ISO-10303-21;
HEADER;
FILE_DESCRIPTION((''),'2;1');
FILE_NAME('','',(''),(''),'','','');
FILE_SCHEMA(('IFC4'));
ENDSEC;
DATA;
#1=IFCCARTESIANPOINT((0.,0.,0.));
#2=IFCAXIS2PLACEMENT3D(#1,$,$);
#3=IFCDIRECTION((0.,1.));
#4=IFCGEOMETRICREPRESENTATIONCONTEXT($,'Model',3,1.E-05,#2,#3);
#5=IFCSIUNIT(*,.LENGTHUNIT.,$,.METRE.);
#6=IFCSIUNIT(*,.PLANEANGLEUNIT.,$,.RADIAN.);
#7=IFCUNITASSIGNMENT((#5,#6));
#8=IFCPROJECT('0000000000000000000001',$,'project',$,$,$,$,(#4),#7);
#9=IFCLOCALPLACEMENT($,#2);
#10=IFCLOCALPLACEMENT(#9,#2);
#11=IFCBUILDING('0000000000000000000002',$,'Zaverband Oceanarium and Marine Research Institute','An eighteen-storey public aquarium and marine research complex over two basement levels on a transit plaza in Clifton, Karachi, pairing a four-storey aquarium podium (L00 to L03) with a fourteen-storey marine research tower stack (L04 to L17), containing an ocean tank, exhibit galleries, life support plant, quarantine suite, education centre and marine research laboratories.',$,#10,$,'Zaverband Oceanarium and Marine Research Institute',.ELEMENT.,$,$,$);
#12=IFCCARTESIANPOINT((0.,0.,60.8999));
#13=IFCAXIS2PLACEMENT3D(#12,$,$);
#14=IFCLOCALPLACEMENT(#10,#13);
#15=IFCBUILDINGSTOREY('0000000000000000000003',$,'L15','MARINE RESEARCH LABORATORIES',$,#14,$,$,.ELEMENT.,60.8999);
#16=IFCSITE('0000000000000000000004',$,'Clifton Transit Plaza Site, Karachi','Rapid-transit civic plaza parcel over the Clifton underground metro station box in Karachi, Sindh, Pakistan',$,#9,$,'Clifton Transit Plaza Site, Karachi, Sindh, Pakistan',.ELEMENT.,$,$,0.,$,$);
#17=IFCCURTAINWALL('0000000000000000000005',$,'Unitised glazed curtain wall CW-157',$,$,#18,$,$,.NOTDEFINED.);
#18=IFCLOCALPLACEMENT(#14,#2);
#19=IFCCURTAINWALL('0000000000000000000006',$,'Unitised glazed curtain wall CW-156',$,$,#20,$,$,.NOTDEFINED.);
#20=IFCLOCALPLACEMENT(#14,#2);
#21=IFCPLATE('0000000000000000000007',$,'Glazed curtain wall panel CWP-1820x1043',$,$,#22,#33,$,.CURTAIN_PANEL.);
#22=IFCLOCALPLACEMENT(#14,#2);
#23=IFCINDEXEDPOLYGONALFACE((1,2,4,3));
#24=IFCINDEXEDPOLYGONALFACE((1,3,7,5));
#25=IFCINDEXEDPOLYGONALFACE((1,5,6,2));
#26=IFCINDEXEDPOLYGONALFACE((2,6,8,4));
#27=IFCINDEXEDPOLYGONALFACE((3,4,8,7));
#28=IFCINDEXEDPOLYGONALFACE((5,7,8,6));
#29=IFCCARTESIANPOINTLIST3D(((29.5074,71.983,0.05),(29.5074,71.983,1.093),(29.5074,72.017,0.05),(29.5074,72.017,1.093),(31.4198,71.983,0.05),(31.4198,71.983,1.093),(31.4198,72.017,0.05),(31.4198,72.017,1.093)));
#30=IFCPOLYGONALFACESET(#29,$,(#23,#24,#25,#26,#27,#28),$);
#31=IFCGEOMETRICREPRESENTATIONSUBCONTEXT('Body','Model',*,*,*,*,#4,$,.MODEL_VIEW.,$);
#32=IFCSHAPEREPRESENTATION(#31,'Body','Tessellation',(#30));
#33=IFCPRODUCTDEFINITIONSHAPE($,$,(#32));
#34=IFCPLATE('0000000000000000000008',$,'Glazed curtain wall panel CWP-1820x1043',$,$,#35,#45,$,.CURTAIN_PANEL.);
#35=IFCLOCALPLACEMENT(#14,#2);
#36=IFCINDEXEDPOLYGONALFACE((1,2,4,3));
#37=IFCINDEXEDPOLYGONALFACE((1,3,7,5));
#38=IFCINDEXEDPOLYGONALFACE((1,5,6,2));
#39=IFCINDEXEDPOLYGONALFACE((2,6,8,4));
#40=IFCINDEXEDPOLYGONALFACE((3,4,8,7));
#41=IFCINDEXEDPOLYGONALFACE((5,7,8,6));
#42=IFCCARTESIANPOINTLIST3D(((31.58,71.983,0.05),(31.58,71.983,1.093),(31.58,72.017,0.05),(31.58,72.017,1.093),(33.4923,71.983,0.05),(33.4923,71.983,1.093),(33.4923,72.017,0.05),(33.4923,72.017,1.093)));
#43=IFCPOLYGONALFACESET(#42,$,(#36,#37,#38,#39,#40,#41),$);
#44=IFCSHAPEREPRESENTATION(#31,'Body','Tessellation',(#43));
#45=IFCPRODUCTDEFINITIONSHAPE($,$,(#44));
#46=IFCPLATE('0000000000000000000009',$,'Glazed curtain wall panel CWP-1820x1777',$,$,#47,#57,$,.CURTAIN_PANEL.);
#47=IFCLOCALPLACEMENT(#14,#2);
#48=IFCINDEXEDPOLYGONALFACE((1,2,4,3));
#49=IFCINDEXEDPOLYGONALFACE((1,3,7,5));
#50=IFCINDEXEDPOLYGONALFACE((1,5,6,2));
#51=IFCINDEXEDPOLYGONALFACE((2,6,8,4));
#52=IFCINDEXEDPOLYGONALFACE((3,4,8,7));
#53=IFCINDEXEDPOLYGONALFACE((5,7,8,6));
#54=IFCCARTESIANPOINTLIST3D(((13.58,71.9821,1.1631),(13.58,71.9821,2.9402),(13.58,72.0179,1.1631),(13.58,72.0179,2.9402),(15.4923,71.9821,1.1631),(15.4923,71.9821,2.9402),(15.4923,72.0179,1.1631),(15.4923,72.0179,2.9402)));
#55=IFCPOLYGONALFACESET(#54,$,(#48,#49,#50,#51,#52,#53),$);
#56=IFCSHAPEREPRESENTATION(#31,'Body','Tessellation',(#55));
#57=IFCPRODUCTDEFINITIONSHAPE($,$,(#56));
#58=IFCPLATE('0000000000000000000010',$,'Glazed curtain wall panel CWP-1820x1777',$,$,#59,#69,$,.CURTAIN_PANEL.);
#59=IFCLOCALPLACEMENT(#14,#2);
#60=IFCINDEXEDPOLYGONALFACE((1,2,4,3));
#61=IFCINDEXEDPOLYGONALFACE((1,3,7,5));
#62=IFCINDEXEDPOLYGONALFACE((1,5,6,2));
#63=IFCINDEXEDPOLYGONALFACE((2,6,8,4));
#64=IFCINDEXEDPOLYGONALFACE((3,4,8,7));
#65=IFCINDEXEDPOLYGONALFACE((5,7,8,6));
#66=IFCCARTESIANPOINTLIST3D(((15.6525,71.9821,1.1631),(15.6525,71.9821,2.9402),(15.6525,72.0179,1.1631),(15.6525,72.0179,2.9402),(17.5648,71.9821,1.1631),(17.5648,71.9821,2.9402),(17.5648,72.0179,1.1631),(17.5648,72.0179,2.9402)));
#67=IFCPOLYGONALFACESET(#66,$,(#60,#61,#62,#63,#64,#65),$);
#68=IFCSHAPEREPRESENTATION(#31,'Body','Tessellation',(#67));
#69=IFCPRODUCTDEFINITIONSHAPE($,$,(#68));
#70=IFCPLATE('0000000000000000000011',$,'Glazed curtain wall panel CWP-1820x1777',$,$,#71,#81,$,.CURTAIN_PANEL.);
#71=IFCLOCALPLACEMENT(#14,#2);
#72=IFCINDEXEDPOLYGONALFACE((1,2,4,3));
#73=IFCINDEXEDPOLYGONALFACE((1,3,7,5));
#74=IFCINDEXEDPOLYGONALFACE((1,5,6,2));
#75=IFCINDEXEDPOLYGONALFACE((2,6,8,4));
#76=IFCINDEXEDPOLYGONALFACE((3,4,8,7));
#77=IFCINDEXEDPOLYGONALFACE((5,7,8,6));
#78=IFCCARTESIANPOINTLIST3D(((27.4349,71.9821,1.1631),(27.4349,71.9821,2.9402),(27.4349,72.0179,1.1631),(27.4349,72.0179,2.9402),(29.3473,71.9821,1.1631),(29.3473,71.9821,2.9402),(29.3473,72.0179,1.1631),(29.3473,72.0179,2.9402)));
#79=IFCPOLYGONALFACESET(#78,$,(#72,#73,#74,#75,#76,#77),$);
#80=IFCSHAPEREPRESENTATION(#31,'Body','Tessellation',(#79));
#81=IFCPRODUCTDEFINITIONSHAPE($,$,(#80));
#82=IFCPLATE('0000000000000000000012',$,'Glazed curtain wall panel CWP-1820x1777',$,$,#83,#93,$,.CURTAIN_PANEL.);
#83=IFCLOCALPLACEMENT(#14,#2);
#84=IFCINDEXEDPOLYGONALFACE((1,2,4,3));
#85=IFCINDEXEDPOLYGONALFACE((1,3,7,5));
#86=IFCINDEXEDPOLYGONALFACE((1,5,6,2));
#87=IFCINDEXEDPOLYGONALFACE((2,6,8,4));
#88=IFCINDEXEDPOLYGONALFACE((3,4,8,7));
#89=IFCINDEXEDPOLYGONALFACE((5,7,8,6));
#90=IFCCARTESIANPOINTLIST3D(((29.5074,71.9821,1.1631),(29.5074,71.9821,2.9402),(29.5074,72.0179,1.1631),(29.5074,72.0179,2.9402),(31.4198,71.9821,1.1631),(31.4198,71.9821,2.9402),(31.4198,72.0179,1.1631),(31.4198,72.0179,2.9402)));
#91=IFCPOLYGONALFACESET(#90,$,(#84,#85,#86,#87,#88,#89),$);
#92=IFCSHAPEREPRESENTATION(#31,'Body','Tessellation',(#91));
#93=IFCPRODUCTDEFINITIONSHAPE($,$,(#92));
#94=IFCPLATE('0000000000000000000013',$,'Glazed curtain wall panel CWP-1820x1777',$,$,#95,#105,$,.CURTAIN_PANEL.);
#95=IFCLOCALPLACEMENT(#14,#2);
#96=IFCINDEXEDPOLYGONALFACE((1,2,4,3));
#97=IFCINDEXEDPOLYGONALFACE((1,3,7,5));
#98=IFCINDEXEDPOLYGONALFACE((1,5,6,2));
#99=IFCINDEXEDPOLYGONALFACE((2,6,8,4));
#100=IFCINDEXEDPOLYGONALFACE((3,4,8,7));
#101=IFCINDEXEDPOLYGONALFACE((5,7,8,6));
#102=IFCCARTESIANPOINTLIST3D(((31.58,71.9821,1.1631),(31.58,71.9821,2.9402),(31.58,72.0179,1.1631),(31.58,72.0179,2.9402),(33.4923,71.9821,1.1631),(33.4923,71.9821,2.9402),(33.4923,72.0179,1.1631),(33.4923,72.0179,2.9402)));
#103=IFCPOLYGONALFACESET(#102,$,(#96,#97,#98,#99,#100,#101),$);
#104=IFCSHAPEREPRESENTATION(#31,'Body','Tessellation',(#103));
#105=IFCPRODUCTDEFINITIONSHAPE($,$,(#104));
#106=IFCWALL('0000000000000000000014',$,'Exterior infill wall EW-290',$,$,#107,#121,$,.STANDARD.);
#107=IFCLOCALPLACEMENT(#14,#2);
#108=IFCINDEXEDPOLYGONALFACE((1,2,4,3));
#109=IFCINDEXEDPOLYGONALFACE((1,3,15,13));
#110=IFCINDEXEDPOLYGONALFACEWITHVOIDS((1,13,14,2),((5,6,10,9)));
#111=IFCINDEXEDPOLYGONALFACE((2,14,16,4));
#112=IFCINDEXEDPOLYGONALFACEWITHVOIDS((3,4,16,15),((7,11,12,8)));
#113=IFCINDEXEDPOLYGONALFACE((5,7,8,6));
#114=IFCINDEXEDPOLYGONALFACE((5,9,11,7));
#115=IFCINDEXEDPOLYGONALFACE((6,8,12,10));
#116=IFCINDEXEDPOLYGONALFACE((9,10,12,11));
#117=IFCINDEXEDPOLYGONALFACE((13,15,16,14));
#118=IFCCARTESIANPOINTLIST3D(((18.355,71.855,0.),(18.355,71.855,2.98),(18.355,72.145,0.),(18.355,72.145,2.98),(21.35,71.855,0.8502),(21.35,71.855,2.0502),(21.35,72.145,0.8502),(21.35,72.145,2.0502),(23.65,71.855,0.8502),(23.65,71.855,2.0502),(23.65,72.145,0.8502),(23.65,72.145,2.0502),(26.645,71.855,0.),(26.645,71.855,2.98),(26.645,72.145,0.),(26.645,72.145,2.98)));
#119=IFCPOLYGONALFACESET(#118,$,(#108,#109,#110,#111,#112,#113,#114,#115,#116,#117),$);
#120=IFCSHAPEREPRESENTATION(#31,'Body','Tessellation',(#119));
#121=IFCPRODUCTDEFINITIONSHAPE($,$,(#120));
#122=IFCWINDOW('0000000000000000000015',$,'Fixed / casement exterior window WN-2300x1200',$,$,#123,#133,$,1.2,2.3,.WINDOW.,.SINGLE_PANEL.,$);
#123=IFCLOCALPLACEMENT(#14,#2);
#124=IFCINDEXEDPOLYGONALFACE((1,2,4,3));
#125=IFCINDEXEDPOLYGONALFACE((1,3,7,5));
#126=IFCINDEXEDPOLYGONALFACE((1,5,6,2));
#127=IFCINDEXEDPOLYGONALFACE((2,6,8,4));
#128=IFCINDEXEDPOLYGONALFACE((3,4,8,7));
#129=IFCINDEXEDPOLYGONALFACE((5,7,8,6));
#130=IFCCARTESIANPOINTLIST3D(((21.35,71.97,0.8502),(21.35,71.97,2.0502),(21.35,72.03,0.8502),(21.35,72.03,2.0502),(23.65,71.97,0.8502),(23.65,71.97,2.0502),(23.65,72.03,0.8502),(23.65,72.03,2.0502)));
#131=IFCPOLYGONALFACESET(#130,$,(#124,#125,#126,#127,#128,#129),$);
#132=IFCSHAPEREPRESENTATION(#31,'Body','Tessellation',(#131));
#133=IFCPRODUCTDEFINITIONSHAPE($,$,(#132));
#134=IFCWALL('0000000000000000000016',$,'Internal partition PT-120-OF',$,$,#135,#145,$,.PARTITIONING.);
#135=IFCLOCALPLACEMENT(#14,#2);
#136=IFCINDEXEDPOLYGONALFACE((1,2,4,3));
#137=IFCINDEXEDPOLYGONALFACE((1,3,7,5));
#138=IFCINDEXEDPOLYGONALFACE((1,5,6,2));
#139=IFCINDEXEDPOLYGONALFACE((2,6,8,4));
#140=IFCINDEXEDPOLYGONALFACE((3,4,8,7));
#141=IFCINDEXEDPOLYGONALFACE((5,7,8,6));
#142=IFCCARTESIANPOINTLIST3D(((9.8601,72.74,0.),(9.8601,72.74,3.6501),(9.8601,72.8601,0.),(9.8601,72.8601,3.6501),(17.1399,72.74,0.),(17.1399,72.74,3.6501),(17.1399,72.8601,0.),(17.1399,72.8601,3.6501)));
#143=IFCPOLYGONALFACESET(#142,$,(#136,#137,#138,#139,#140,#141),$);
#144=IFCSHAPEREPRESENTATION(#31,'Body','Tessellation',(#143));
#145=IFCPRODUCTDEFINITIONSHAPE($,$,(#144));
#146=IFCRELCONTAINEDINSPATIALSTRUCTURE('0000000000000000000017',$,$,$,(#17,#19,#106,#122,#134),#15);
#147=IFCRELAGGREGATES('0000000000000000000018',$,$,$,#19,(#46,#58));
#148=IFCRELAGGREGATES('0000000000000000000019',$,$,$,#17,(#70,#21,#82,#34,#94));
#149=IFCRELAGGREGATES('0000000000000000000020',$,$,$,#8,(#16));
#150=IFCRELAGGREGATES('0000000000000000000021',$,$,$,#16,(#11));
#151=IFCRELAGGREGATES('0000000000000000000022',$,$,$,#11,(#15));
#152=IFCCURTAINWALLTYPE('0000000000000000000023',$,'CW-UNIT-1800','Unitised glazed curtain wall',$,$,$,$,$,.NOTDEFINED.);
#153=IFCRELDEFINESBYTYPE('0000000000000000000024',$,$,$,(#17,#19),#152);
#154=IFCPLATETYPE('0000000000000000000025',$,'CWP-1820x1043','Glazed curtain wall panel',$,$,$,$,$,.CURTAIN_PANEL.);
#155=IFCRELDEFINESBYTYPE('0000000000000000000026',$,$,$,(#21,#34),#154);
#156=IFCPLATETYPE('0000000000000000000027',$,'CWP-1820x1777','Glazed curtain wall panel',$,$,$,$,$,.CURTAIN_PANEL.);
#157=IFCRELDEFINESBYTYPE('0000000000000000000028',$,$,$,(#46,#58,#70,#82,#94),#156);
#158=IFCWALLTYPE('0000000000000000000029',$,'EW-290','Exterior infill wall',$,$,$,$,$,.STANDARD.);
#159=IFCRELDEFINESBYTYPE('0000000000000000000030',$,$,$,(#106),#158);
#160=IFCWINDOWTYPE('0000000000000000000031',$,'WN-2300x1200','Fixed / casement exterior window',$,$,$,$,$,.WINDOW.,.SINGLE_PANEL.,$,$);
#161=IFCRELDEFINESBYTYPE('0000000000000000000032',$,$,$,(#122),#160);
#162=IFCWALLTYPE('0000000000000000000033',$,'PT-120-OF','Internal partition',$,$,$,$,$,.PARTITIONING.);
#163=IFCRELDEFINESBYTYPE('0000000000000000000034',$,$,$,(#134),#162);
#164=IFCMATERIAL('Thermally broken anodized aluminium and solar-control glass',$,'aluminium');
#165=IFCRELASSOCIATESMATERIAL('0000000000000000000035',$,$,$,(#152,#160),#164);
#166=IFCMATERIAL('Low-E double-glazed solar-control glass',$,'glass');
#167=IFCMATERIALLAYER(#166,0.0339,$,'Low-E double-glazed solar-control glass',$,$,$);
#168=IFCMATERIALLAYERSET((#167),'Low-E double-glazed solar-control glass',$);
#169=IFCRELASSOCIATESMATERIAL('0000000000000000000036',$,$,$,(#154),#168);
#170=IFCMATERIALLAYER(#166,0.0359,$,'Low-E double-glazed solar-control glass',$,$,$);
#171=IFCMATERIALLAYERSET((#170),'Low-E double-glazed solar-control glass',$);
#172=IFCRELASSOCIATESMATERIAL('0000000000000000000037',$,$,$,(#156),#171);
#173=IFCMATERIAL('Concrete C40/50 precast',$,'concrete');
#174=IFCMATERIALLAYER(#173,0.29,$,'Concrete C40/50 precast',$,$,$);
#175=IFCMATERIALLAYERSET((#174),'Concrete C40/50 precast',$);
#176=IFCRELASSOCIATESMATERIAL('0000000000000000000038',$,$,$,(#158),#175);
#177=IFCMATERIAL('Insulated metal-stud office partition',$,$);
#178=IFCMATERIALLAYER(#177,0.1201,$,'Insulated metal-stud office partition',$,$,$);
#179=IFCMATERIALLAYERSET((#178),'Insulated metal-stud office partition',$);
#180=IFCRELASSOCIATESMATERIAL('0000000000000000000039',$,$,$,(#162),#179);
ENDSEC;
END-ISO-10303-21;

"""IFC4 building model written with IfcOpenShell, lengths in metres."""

from ifc_helpers import new_model, si_unit, direction, frame, frame_2d, origin, place, context, subcontext, project, spatial, rectangle, extrude, material, layer, layer_set, type_object, element, fill, aggregate, save


model = new_model("IFC4")

# Units and contexts
model_context = context("Model", 3, precision=1e-05, world=origin(), true_north=direction((0.0, 1.0)))
body_context = subcontext(model_context, "Body", "Model", "MODEL_VIEW")
ifc_project = project(units=[si_unit("LENGTHUNIT", "METRE"), si_unit("PLANEANGLEUNIT", "RADIAN")], contexts=[model_context])

# Site, building, storey
site_placement = place(None, origin())
site = spatial("IfcSite", under=ifc_project, at=site_placement, Name="Clifton Transit Plaza Site, Karachi", Description="Rapid-transit civic plaza parcel over the Clifton underground metro station box in Karachi, Sindh, Pakistan", LongName="Clifton Transit Plaza Site, Karachi, Sindh, Pakistan", CompositionType="ELEMENT", RefElevation=0.0)
building_placement = place(site_placement, origin())
building = spatial("IfcBuilding", under=site, at=building_placement, Name="Zaverband Oceanarium and Marine Research Institute", Description="An eighteen-storey public aquarium and marine research complex over two basement levels on a transit plaza in Clifton, Karachi, pairing a four-storey aquarium podium (L00 to L03) with a fourteen-storey marine research tower stack (L04 to L17), containing an ocean tank, exhibit galleries, life support plant, quarantine suite, education centre and marine research laboratories.", LongName="Zaverband Oceanarium and Marine Research Institute", CompositionType="ELEMENT")
storey_placement = place(building_placement, frame((0.0, 0.0, 60.8999)))
storey = spatial("IfcBuildingStorey", under=building, at=storey_placement, Name="L15", Description="MARINE RESEARCH LABORATORIES", CompositionType="ELEMENT", Elevation=60.8999)

# Curtain wall
ifc_material_1 = material(Name="Thermally broken anodized aluminium and solar-control glass", Category="aluminium")
curtain_wall_type = type_object("IfcCurtainWallType", Name="CW-UNIT-1800", Description="Unitised glazed curtain wall", PredefinedType="NOTDEFINED", material=ifc_material_1)
curtain_wall_1_placement = place(storey_placement, origin())
curtain_wall_1 = element("IfcCurtainWall", 1, at=curtain_wall_1_placement, inside=storey, type_object=curtain_wall_type, Name="Unitised glazed curtain wall CW-157", PredefinedType="NOTDEFINED")

# Shared definitions
ifc_material_2 = material(Name="Low-E double-glazed solar-control glass", Category="glass")

# Curtain wall
curtain_wall_2_placement = place(storey_placement, origin())
curtain_wall_2 = element("IfcCurtainWall", 2, at=curtain_wall_2_placement, inside=storey, type_object=curtain_wall_type, Name="Unitised glazed curtain wall CW-156", PredefinedType="NOTDEFINED")
ifc_layer_1 = layer(ifc_material_2, 0.0339, Name="Low-E double-glazed solar-control glass")
ifc_layer_set_1 = layer_set([ifc_layer_1], Name="Low-E double-glazed solar-control glass")
plate_type_1 = type_object("IfcPlateType", Name="CWP-1820x1043", Description="Glazed curtain wall panel", PredefinedType="CURTAIN_PANEL", material=ifc_layer_set_1)

# Plates
plate_1_placement = place(storey_placement, frame((29.5076, 72.0, 0.05), z_axis=(0.0, 0.0, 1.0), x_axis=(1.0, 0.0, 0.0)))
plate_1 = element("IfcPlate", 3, at=plate_1_placement, type_object=plate_type_1, Name="Glazed curtain wall panel CWP-1820x1043", PredefinedType="CURTAIN_PANEL", context=body_context, shape_type="SweptSolid", body=[
    extrude(rectangle(XDim=1.9124, YDim=0.0339, at=frame_2d((0.9561, 0.0))), origin(), (0.0, 0.0, 1.0), 1.043),
])
plate_2_placement = place(storey_placement, frame((31.5801, 72.0, 0.05), z_axis=(0.0, 0.0, 1.0), x_axis=(1.0, 0.0, 0.0)))
plate_2 = element("IfcPlate", 4, at=plate_2_placement, type_object=plate_type_1, Name="Glazed curtain wall panel CWP-1820x1043", PredefinedType="CURTAIN_PANEL", context=body_context, shape_type="SweptSolid", body=[
    extrude(rectangle(XDim=1.9124, YDim=0.0339, at=frame_2d((0.9561, 0.0))), origin(), (0.0, 0.0, 1.0), 1.043),
])
ifc_layer_2 = layer(ifc_material_2, 0.0359, Name="Low-E double-glazed solar-control glass")
ifc_layer_set_2 = layer_set([ifc_layer_2], Name="Low-E double-glazed solar-control glass")
plate_type_2 = type_object("IfcPlateType", Name="CWP-1820x1777", Description="Glazed curtain wall panel", PredefinedType="CURTAIN_PANEL", material=ifc_layer_set_2)
plate_3_placement = place(storey_placement, frame((13.5801, 72.0, 1.1631), z_axis=(0.0, 0.0, 1.0), x_axis=(1.0, 0.0, 0.0)))
plate_3 = element("IfcPlate", 5, at=plate_3_placement, type_object=plate_type_2, Name="Glazed curtain wall panel CWP-1820x1777", PredefinedType="CURTAIN_PANEL", context=body_context, shape_type="SweptSolid", body=[
    extrude(rectangle(XDim=1.9124, YDim=0.0359, at=frame_2d((0.9561, 0.0))), origin(), (0.0, 0.0, 1.0), 1.7771),
])
plate_4_placement = place(storey_placement, frame((15.6526, 72.0, 1.1631), z_axis=(0.0, 0.0, 1.0), x_axis=(1.0, 0.0, 0.0)))
plate_4 = element("IfcPlate", 6, at=plate_4_placement, type_object=plate_type_2, Name="Glazed curtain wall panel CWP-1820x1777", PredefinedType="CURTAIN_PANEL", context=body_context, shape_type="SweptSolid", body=[
    extrude(rectangle(XDim=1.9124, YDim=0.0359, at=frame_2d((0.9561, 0.0))), origin(), (0.0, 0.0, 1.0), 1.7771),
])
aggregate(curtain_wall_2, [plate_3, plate_4])
plate_5_placement = place(storey_placement, frame((27.4351, 72.0, 1.1631), z_axis=(0.0, 0.0, 1.0), x_axis=(1.0, 0.0, 0.0)))
plate_5 = element("IfcPlate", 7, at=plate_5_placement, type_object=plate_type_2, Name="Glazed curtain wall panel CWP-1820x1777", PredefinedType="CURTAIN_PANEL", context=body_context, shape_type="SweptSolid", body=[
    extrude(rectangle(XDim=1.9124, YDim=0.0359, at=frame_2d((0.9561, 0.0))), origin(), (0.0, 0.0, 1.0), 1.7771),
])
plate_6_placement = place(storey_placement, frame((29.5076, 72.0, 1.1631), z_axis=(0.0, 0.0, 1.0), x_axis=(1.0, 0.0, 0.0)))
plate_6 = element("IfcPlate", 8, at=plate_6_placement, type_object=plate_type_2, Name="Glazed curtain wall panel CWP-1820x1777", PredefinedType="CURTAIN_PANEL", context=body_context, shape_type="SweptSolid", body=[
    extrude(rectangle(XDim=1.9124, YDim=0.0359, at=frame_2d((0.9561, 0.0))), origin(), (0.0, 0.0, 1.0), 1.7771),
])
plate_7_placement = place(storey_placement, frame((31.5801, 72.0, 1.1631), z_axis=(0.0, 0.0, 1.0), x_axis=(1.0, 0.0, 0.0)))
plate_7 = element("IfcPlate", 9, at=plate_7_placement, type_object=plate_type_2, Name="Glazed curtain wall panel CWP-1820x1777", PredefinedType="CURTAIN_PANEL", context=body_context, shape_type="SweptSolid", body=[
    extrude(rectangle(XDim=1.9124, YDim=0.0359, at=frame_2d((0.9561, 0.0))), origin(), (0.0, 0.0, 1.0), 1.7771),
])
aggregate(curtain_wall_1, [plate_5, plate_1, plate_6, plate_2, plate_7])

# Wall, opening, window
ifc_material_3 = material(Name="Concrete C40/50 precast", Category="concrete")
ifc_layer_3 = layer(ifc_material_3, 0.29, Name="Concrete C40/50 precast")
ifc_layer_set_3 = layer_set([ifc_layer_3], Name="Concrete C40/50 precast")
wall_type_1 = type_object("IfcWallType", Name="EW-290", Description="Exterior infill wall", PredefinedType="STANDARD", material=ifc_layer_set_3)
wall_1_placement = place(storey_placement, frame((18.355, 72.0, 0.0), z_axis=(0.0, 0.0, 1.0), x_axis=(1.0, 0.0, 0.0)))
wall_1 = element("IfcWall", 10, at=wall_1_placement, inside=storey, type_object=wall_type_1, Name="Exterior infill wall EW-290", PredefinedType="STANDARD", context=body_context, shape_type="SweptSolid", body=[
    extrude(rectangle(XDim=8.29, YDim=0.29, at=frame_2d((4.145, 0.0))), origin(), (0.0, 0.0, 1.0), 2.98),
])
opening_placement = place(wall_1_placement, frame((2.9951, 0.0, 0.8501)))
opening = element("IfcOpeningElement", 11, at=opening_placement, cuts=wall_1, PredefinedType="OPENING", context=body_context, shape_type="SweptSolid", body=[
    extrude(rectangle(XDim=2.3, YDim=1.2, at=frame_2d((1.1499, 0.6001))), frame((0.0, 0.157, 0.0), z_axis=(0.0, -1.0, 0.0), x_axis=(1.0, 0.0, 0.0)), (0.0, 0.0, 1.0), 0.314),
])
window_type = type_object("IfcWindowType", Name="WN-2300x1200", Description="Fixed / casement exterior window", PartitioningType="SINGLE_PANEL", PredefinedType="WINDOW", material=ifc_material_1)
window_placement = place(opening_placement, origin())
window = element("IfcWindow", 12, at=window_placement, inside=storey, type_object=window_type, Name="Fixed / casement exterior window WN-2300x1200", OverallHeight=1.2, OverallWidth=2.3, PartitioningType="SINGLE_PANEL", PredefinedType="WINDOW", context=body_context, shape_type="SweptSolid", body=[
    extrude(rectangle(XDim=2.3, YDim=1.2, at=frame_2d((1.1499, 0.6001))), frame((0.0, 0.03, 0.0), z_axis=(0.0, -1.0, 0.0), x_axis=(1.0, 0.0, 0.0)), (0.0, 0.0, 1.0), 0.0601),
])
fill(opening, window)

# Wall
ifc_material_4 = material(Name="Insulated metal-stud office partition")
ifc_layer_4 = layer(ifc_material_4, 0.1201, Name="Insulated metal-stud office partition")
ifc_layer_set_4 = layer_set([ifc_layer_4], Name="Insulated metal-stud office partition")
wall_type_2 = type_object("IfcWallType", Name="PT-120-OF", Description="Internal partition", PredefinedType="PARTITIONING", material=ifc_layer_set_4)
wall_2_placement = place(storey_placement, frame((9.8601, 72.8, 0.0), z_axis=(0.0, 0.0, 1.0), x_axis=(1.0, 0.0, 0.0)))
element("IfcWall", 13, at=wall_2_placement, inside=storey, type_object=wall_type_2, Name="Internal partition PT-120-OF", PredefinedType="PARTITIONING", context=body_context, shape_type="SweptSolid", body=[
    extrude(rectangle(XDim=7.2798, YDim=0.1201, at=frame_2d((3.6399, 0.0))), origin(), (0.0, 0.0, 1.0), 3.6501),
])

save(model, "model.ifc")
